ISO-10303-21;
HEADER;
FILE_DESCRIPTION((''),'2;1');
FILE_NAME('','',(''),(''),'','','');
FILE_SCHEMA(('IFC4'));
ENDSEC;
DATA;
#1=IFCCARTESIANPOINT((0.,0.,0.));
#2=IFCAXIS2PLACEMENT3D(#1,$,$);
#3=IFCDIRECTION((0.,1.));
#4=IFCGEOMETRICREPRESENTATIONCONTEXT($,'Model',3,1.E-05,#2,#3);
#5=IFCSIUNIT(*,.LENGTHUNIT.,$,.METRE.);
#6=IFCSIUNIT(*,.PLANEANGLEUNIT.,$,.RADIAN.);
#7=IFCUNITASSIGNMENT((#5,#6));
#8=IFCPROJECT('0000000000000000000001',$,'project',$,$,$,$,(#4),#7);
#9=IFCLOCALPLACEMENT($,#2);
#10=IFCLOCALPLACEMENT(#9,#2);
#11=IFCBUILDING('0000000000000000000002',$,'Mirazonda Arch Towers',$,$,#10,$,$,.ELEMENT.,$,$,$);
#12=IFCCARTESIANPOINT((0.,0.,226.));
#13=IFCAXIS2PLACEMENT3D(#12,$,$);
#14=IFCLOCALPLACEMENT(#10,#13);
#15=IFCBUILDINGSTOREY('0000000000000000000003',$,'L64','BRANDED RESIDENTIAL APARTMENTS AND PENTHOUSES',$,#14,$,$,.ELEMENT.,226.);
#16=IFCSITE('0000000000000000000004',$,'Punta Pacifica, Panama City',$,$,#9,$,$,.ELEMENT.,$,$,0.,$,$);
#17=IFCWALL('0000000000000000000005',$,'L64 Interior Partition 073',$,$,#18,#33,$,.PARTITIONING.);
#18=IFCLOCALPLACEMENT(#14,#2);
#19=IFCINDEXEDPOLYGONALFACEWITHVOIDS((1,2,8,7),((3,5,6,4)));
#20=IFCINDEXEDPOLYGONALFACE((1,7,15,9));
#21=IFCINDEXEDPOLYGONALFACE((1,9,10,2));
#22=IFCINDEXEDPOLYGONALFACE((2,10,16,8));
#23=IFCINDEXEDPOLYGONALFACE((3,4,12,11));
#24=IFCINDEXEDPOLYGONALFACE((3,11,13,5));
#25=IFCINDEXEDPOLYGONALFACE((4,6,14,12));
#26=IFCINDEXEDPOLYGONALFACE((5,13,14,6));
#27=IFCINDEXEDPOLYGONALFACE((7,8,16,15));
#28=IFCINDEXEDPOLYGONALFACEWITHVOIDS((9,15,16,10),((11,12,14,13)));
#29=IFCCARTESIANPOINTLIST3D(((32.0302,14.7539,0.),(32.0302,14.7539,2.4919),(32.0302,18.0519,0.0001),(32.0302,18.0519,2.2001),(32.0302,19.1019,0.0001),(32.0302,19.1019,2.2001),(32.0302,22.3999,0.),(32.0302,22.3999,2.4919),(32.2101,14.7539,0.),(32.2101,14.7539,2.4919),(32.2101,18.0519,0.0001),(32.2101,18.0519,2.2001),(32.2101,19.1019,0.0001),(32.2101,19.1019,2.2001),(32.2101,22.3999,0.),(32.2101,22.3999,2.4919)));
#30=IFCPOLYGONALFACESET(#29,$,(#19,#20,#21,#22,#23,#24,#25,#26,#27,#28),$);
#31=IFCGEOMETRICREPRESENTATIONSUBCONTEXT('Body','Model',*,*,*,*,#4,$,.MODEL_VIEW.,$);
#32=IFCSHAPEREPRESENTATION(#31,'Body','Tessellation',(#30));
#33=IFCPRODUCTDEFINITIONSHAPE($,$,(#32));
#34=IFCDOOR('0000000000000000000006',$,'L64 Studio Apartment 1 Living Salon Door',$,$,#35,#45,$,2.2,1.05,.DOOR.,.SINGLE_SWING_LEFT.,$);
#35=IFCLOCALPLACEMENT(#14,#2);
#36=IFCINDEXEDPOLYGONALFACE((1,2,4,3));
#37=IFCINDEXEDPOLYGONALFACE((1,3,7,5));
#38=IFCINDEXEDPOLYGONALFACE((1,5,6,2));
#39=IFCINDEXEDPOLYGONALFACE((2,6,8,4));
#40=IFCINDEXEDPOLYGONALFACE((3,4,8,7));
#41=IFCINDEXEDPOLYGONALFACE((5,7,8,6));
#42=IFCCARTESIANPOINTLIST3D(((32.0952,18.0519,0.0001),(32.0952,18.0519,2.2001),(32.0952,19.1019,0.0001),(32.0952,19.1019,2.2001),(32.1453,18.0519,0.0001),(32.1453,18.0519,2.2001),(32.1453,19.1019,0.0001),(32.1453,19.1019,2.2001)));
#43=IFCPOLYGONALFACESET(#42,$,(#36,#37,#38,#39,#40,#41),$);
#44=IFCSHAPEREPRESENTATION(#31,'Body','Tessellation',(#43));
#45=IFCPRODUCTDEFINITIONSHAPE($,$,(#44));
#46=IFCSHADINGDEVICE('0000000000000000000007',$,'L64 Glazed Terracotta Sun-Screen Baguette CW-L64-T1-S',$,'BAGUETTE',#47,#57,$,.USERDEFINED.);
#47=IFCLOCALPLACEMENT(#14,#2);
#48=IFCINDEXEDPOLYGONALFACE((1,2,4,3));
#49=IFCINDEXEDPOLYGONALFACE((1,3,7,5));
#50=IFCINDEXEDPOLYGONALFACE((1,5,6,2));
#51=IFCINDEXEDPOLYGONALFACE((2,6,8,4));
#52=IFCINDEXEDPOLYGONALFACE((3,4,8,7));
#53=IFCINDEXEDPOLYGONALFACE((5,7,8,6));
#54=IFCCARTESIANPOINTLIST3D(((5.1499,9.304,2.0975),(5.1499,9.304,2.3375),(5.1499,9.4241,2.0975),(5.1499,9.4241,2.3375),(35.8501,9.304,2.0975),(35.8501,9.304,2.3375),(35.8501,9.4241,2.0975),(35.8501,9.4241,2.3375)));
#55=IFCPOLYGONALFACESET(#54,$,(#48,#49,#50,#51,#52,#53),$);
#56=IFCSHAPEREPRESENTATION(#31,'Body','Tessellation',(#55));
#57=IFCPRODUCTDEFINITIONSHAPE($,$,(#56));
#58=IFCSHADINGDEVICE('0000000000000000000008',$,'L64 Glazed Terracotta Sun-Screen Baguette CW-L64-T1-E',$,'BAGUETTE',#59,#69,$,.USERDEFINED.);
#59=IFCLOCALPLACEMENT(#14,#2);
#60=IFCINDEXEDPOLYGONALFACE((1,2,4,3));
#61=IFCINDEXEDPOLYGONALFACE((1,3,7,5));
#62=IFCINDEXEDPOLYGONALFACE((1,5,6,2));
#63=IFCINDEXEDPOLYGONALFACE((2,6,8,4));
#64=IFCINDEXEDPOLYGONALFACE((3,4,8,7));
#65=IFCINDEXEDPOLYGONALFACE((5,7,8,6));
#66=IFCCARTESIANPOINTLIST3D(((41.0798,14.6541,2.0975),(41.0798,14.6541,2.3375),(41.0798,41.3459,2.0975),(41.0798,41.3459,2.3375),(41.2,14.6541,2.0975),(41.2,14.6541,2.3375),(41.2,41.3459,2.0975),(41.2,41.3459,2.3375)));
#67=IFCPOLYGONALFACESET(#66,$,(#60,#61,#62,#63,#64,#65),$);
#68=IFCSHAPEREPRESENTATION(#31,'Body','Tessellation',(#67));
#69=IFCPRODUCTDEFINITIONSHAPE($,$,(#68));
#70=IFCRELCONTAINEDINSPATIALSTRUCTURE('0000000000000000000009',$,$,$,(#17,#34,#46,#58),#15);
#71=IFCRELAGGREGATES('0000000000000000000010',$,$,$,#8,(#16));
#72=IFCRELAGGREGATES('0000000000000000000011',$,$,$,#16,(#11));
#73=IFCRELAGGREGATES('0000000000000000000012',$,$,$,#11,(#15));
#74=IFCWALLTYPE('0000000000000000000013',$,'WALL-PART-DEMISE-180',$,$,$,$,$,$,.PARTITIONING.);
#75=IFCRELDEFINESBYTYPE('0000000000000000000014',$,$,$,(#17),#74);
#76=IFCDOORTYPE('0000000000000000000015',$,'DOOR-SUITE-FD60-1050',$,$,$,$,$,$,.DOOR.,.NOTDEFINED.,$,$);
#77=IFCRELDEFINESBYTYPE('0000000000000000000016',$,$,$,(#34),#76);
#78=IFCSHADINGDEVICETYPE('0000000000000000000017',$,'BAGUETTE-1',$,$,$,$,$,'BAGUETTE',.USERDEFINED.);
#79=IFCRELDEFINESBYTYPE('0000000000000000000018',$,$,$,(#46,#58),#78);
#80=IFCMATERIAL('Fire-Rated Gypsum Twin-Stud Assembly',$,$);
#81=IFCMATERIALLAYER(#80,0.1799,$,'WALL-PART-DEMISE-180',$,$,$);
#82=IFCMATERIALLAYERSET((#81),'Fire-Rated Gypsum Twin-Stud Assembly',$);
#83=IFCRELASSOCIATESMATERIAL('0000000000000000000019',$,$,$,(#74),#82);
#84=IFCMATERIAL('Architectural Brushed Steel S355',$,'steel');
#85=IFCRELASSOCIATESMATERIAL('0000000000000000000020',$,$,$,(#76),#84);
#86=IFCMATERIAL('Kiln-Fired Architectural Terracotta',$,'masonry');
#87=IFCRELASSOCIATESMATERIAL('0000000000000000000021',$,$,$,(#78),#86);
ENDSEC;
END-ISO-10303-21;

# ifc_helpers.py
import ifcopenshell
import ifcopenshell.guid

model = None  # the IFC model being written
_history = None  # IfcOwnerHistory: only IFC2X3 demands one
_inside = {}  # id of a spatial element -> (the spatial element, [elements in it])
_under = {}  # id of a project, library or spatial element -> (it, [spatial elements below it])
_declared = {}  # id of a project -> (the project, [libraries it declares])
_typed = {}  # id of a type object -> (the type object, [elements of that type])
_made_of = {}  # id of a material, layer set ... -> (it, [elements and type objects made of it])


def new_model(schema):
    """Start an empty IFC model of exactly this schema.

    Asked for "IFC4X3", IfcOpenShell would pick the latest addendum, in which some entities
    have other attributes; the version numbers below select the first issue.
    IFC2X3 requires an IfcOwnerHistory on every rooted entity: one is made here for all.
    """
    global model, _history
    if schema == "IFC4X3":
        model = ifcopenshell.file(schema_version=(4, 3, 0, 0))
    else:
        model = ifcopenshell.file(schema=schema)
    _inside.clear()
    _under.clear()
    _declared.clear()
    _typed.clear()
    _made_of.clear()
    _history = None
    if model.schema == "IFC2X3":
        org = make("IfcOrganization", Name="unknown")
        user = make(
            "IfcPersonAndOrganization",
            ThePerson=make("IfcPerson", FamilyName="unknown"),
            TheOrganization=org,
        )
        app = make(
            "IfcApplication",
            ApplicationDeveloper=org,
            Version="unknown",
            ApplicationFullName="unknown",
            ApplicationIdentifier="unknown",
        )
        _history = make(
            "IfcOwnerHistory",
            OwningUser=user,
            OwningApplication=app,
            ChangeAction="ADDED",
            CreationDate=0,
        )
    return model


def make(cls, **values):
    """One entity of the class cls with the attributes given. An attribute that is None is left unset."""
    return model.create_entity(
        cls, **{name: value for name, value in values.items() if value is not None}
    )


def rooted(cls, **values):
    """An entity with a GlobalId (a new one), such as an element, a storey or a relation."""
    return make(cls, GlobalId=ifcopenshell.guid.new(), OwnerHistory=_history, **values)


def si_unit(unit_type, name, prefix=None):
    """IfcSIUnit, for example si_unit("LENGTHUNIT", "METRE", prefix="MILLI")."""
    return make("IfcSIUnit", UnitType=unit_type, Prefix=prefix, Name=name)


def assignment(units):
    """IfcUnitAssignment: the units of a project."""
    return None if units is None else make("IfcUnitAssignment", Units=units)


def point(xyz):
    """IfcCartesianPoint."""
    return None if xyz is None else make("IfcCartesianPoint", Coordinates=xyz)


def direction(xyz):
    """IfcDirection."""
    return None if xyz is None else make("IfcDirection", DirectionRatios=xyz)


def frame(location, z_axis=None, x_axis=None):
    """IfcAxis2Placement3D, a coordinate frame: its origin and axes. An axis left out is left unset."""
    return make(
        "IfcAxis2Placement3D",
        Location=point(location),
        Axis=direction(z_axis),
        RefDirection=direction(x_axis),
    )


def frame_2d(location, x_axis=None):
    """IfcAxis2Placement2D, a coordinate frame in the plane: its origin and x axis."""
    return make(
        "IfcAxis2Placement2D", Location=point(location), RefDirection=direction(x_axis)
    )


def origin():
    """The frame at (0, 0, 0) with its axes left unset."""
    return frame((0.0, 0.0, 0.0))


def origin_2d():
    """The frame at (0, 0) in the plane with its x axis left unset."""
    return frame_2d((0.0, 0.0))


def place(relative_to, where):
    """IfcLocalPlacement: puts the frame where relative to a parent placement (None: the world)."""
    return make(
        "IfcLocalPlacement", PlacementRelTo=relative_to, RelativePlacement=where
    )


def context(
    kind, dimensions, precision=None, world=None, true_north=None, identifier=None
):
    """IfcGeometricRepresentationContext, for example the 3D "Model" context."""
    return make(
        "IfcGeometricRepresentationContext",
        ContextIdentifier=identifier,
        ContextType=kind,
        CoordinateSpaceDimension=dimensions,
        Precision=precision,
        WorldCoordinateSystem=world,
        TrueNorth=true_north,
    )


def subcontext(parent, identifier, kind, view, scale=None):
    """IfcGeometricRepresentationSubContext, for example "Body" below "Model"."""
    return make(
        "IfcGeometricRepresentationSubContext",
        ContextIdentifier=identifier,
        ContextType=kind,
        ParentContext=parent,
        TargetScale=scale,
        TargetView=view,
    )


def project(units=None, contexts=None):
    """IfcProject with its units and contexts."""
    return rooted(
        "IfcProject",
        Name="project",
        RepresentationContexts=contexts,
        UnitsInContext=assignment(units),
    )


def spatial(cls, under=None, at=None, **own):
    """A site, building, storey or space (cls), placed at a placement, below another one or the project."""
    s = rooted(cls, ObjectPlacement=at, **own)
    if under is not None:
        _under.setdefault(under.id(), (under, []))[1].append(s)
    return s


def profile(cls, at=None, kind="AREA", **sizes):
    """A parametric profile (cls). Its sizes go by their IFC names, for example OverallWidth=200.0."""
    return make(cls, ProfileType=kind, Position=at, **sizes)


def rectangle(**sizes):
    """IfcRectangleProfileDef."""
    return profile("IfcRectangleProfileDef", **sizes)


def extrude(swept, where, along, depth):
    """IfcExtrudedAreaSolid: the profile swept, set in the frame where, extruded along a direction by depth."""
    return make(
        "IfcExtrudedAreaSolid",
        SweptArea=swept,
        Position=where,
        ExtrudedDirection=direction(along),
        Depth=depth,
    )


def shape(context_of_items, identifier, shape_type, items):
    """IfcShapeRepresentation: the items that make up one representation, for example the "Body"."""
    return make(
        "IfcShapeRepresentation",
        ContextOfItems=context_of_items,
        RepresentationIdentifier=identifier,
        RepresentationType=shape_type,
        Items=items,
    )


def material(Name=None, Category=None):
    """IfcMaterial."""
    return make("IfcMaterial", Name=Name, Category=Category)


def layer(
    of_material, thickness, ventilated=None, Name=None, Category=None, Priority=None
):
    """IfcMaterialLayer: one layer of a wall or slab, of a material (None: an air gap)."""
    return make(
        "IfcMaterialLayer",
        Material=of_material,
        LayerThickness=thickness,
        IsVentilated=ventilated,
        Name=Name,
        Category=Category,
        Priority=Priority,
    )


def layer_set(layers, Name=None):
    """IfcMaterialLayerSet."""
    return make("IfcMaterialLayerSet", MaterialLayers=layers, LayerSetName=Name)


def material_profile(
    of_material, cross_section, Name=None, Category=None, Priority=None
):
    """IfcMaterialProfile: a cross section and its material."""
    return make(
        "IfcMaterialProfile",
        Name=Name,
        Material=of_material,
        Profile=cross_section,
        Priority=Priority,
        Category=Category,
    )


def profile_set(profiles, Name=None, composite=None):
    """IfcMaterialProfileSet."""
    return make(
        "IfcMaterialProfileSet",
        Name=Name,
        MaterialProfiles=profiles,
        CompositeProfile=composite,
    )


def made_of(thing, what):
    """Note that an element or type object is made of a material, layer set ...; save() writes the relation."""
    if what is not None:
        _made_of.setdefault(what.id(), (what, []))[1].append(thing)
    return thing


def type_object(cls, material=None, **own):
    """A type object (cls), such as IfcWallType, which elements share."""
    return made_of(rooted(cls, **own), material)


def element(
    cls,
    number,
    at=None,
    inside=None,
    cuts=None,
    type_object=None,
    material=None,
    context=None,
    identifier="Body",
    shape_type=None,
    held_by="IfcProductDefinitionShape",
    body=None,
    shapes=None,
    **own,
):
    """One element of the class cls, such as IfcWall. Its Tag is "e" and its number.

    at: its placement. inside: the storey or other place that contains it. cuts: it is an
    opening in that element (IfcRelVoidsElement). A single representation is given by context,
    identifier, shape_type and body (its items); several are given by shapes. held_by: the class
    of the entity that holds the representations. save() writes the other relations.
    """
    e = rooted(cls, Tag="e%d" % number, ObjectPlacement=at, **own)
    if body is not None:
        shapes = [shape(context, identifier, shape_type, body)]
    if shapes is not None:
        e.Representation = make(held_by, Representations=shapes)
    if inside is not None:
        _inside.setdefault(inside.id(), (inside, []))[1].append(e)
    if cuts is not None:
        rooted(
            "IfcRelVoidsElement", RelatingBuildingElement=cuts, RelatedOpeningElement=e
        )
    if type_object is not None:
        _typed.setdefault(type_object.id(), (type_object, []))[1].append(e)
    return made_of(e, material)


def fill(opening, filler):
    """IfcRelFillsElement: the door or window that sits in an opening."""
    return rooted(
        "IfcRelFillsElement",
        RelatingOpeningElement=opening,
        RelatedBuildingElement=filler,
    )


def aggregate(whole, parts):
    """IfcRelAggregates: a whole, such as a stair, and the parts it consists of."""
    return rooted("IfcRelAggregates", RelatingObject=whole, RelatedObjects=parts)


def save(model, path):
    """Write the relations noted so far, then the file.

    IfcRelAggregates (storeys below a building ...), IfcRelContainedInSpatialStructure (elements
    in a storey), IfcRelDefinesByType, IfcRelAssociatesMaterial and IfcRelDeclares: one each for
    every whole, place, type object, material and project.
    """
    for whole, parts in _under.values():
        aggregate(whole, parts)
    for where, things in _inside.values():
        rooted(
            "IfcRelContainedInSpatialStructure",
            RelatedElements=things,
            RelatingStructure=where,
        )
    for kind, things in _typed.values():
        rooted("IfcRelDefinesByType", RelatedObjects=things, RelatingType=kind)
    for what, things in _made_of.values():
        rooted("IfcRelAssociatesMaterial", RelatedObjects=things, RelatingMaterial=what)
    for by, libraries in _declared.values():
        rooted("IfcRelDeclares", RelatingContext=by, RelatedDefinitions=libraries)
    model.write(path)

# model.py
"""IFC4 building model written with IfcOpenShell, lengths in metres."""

from ifc_helpers import new_model, si_unit, direction, frame, frame_2d, origin, origin_2d, place, context, subcontext, project, spatial, rectangle, extrude, material, layer, layer_set, material_profile, profile_set, type_object, element, fill, save


model = new_model("IFC4")

# Units and contexts
model_context = context("Model", 3, precision=1e-05, world=origin(), true_north=direction((0.0, 1.0)))
body_context = subcontext(model_context, "Body", "Model", "MODEL_VIEW")
ifc_project = project(units=[si_unit("LENGTHUNIT", "METRE"), si_unit("PLANEANGLEUNIT", "RADIAN")], contexts=[model_context])

# Site, building, storey
site_placement = place(None, origin())
site = spatial("IfcSite", under=ifc_project, at=site_placement, Name="Punta Pacifica, Panama City", CompositionType="ELEMENT", RefElevation=0.0)
building_placement = place(site_placement, origin())
building = spatial("IfcBuilding", under=site, at=building_placement, Name="Mirazonda Arch Towers", CompositionType="ELEMENT")
storey_placement = place(building_placement, frame((0.0, 0.0, 226.0)))
storey = spatial("IfcBuildingStorey", under=building, at=storey_placement, Name="L64", Description="BRANDED RESIDENTIAL APARTMENTS AND PENTHOUSES", CompositionType="ELEMENT", Elevation=226.0)

# Shared definitions
ifc_material_1 = material(Name="Fire-Rated Gypsum Twin-Stud Assembly")
ifc_layer_1 = layer(ifc_material_1, 0.1799, Name="WALL-PART-DEMISE-180")
ifc_layer_set_1 = layer_set([ifc_layer_1], Name="Fire-Rated Gypsum Twin-Stud Assembly")
wall_type_1 = type_object("IfcWallType", Name="WALL-PART-DEMISE-180", PredefinedType="PARTITIONING", material=ifc_layer_set_1)

# Wall, opening, door
ifc_material_2 = material(Name="Architectural Brushed Steel S355", Category="steel")
wall_1_placement = place(storey_placement, frame((32.1201, 14.7539, 0.0), z_axis=(0.0, 0.0, 1.0), x_axis=(0.0, 1.0, 0.0)))
wall_1 = element("IfcWall", 1, at=wall_1_placement, inside=storey, type_object=wall_type_1, Name="L64 Interior Partition 073", PredefinedType="PARTITIONING", context=body_context, shape_type="SweptSolid", body=[
    extrude(rectangle(XDim=7.646, YDim=0.1799, at=frame_2d((3.823, 0.0))), origin(), (0.0, 0.0, 1.0), 2.4919),
])
opening_1_placement = place(wall_1_placement, frame((3.2981, 0.0, 0.0)))
opening_1 = element("IfcOpeningElement", 2, at=opening_1_placement, cuts=wall_1, PredefinedType="OPENING", context=body_context, shape_type="SweptSolid", body=[
    extrude(rectangle(XDim=1.05, YDim=2.2, at=frame_2d((0.5249, 1.1001))), frame((0.0, 0.0999, 0.0), z_axis=(0.0, -1.0, 0.0), x_axis=(1.0, 0.0, 0.0)), (0.0, 0.0, 1.0), 0.2),
])
door_type_1 = type_object("IfcDoorType", Name="DOOR-SUITE-FD60-1050", OperationType="NOTDEFINED", PredefinedType="DOOR", material=ifc_material_2)
door_1_placement = place(opening_1_placement, origin())
door_1 = element("IfcDoor", 3, at=door_1_placement, inside=storey, type_object=door_type_1, Name="L64 Studio Apartment 1 Living Salon Door", OperationType="SINGLE_SWING_LEFT", OverallHeight=2.2, OverallWidth=1.05, PredefinedType="DOOR", context=body_context, shape_type="SweptSolid", body=[
    extrude(rectangle(XDim=1.05, YDim=2.2, at=frame_2d((0.5249, 1.1001))), frame((0.0, 0.0249, 0.0), z_axis=(0.0, -1.0, 0.0), x_axis=(1.0, 0.0, 0.0)), (0.0, 0.0, 1.0), 0.05),
])
fill(opening_1, door_1)

# Shading devices
ifc_material_3 = material(Name="Kiln-Fired Architectural Terracotta", Category="masonry")
ifc_material_profile_1 = material_profile(ifc_material_3, rectangle(XDim=0.1201, YDim=0.24, at=origin_2d()), Name="TERRA-BAG-120x240")
ifc_profile_set_1 = profile_set([ifc_material_profile_1], Name="Kiln-Fired Architectural Terracotta")
shading_device_type = type_object("IfcShadingDeviceType", Name="BAGUETTE-1", ElementType="BAGUETTE", PredefinedType="USERDEFINED", material=ifc_profile_set_1)
shading_device_1_placement = place(storey_placement, frame((35.8501, 9.364, 2.2175), z_axis=(-1.0, 0.0, 0.0), x_axis=(0.0, -1.0, 0.0)))
element("IfcShadingDevice", 4, at=shading_device_1_placement, inside=storey, type_object=shading_device_type, Name="L64 Glazed Terracotta Sun-Screen Baguette CW-L64-T1-S", ObjectType="BAGUETTE", PredefinedType="USERDEFINED", context=body_context, shape_type="SweptSolid", body=[
    extrude(rectangle(XDim=0.1201, YDim=0.24, at=origin_2d()), origin(), (0.0, 0.0, 1.0), 30.7002),
])
shading_device_2_placement = place(storey_placement, frame((41.1399, 14.6541, 2.2175), z_axis=(0.0, 1.0, 0.0), x_axis=(-1.0, 0.0, 0.0)))
element("IfcShadingDevice", 5, at=shading_device_2_placement, inside=storey, type_object=shading_device_type, Name="L64 Glazed Terracotta Sun-Screen Baguette CW-L64-T1-E", ObjectType="BAGUETTE", PredefinedType="USERDEFINED", context=body_context, shape_type="SweptSolid", body=[
    extrude(rectangle(XDim=0.1201, YDim=0.24, at=origin_2d()), origin(), (0.0, 0.0, 1.0), 26.6919),
])

save(model, "model.ifc")
